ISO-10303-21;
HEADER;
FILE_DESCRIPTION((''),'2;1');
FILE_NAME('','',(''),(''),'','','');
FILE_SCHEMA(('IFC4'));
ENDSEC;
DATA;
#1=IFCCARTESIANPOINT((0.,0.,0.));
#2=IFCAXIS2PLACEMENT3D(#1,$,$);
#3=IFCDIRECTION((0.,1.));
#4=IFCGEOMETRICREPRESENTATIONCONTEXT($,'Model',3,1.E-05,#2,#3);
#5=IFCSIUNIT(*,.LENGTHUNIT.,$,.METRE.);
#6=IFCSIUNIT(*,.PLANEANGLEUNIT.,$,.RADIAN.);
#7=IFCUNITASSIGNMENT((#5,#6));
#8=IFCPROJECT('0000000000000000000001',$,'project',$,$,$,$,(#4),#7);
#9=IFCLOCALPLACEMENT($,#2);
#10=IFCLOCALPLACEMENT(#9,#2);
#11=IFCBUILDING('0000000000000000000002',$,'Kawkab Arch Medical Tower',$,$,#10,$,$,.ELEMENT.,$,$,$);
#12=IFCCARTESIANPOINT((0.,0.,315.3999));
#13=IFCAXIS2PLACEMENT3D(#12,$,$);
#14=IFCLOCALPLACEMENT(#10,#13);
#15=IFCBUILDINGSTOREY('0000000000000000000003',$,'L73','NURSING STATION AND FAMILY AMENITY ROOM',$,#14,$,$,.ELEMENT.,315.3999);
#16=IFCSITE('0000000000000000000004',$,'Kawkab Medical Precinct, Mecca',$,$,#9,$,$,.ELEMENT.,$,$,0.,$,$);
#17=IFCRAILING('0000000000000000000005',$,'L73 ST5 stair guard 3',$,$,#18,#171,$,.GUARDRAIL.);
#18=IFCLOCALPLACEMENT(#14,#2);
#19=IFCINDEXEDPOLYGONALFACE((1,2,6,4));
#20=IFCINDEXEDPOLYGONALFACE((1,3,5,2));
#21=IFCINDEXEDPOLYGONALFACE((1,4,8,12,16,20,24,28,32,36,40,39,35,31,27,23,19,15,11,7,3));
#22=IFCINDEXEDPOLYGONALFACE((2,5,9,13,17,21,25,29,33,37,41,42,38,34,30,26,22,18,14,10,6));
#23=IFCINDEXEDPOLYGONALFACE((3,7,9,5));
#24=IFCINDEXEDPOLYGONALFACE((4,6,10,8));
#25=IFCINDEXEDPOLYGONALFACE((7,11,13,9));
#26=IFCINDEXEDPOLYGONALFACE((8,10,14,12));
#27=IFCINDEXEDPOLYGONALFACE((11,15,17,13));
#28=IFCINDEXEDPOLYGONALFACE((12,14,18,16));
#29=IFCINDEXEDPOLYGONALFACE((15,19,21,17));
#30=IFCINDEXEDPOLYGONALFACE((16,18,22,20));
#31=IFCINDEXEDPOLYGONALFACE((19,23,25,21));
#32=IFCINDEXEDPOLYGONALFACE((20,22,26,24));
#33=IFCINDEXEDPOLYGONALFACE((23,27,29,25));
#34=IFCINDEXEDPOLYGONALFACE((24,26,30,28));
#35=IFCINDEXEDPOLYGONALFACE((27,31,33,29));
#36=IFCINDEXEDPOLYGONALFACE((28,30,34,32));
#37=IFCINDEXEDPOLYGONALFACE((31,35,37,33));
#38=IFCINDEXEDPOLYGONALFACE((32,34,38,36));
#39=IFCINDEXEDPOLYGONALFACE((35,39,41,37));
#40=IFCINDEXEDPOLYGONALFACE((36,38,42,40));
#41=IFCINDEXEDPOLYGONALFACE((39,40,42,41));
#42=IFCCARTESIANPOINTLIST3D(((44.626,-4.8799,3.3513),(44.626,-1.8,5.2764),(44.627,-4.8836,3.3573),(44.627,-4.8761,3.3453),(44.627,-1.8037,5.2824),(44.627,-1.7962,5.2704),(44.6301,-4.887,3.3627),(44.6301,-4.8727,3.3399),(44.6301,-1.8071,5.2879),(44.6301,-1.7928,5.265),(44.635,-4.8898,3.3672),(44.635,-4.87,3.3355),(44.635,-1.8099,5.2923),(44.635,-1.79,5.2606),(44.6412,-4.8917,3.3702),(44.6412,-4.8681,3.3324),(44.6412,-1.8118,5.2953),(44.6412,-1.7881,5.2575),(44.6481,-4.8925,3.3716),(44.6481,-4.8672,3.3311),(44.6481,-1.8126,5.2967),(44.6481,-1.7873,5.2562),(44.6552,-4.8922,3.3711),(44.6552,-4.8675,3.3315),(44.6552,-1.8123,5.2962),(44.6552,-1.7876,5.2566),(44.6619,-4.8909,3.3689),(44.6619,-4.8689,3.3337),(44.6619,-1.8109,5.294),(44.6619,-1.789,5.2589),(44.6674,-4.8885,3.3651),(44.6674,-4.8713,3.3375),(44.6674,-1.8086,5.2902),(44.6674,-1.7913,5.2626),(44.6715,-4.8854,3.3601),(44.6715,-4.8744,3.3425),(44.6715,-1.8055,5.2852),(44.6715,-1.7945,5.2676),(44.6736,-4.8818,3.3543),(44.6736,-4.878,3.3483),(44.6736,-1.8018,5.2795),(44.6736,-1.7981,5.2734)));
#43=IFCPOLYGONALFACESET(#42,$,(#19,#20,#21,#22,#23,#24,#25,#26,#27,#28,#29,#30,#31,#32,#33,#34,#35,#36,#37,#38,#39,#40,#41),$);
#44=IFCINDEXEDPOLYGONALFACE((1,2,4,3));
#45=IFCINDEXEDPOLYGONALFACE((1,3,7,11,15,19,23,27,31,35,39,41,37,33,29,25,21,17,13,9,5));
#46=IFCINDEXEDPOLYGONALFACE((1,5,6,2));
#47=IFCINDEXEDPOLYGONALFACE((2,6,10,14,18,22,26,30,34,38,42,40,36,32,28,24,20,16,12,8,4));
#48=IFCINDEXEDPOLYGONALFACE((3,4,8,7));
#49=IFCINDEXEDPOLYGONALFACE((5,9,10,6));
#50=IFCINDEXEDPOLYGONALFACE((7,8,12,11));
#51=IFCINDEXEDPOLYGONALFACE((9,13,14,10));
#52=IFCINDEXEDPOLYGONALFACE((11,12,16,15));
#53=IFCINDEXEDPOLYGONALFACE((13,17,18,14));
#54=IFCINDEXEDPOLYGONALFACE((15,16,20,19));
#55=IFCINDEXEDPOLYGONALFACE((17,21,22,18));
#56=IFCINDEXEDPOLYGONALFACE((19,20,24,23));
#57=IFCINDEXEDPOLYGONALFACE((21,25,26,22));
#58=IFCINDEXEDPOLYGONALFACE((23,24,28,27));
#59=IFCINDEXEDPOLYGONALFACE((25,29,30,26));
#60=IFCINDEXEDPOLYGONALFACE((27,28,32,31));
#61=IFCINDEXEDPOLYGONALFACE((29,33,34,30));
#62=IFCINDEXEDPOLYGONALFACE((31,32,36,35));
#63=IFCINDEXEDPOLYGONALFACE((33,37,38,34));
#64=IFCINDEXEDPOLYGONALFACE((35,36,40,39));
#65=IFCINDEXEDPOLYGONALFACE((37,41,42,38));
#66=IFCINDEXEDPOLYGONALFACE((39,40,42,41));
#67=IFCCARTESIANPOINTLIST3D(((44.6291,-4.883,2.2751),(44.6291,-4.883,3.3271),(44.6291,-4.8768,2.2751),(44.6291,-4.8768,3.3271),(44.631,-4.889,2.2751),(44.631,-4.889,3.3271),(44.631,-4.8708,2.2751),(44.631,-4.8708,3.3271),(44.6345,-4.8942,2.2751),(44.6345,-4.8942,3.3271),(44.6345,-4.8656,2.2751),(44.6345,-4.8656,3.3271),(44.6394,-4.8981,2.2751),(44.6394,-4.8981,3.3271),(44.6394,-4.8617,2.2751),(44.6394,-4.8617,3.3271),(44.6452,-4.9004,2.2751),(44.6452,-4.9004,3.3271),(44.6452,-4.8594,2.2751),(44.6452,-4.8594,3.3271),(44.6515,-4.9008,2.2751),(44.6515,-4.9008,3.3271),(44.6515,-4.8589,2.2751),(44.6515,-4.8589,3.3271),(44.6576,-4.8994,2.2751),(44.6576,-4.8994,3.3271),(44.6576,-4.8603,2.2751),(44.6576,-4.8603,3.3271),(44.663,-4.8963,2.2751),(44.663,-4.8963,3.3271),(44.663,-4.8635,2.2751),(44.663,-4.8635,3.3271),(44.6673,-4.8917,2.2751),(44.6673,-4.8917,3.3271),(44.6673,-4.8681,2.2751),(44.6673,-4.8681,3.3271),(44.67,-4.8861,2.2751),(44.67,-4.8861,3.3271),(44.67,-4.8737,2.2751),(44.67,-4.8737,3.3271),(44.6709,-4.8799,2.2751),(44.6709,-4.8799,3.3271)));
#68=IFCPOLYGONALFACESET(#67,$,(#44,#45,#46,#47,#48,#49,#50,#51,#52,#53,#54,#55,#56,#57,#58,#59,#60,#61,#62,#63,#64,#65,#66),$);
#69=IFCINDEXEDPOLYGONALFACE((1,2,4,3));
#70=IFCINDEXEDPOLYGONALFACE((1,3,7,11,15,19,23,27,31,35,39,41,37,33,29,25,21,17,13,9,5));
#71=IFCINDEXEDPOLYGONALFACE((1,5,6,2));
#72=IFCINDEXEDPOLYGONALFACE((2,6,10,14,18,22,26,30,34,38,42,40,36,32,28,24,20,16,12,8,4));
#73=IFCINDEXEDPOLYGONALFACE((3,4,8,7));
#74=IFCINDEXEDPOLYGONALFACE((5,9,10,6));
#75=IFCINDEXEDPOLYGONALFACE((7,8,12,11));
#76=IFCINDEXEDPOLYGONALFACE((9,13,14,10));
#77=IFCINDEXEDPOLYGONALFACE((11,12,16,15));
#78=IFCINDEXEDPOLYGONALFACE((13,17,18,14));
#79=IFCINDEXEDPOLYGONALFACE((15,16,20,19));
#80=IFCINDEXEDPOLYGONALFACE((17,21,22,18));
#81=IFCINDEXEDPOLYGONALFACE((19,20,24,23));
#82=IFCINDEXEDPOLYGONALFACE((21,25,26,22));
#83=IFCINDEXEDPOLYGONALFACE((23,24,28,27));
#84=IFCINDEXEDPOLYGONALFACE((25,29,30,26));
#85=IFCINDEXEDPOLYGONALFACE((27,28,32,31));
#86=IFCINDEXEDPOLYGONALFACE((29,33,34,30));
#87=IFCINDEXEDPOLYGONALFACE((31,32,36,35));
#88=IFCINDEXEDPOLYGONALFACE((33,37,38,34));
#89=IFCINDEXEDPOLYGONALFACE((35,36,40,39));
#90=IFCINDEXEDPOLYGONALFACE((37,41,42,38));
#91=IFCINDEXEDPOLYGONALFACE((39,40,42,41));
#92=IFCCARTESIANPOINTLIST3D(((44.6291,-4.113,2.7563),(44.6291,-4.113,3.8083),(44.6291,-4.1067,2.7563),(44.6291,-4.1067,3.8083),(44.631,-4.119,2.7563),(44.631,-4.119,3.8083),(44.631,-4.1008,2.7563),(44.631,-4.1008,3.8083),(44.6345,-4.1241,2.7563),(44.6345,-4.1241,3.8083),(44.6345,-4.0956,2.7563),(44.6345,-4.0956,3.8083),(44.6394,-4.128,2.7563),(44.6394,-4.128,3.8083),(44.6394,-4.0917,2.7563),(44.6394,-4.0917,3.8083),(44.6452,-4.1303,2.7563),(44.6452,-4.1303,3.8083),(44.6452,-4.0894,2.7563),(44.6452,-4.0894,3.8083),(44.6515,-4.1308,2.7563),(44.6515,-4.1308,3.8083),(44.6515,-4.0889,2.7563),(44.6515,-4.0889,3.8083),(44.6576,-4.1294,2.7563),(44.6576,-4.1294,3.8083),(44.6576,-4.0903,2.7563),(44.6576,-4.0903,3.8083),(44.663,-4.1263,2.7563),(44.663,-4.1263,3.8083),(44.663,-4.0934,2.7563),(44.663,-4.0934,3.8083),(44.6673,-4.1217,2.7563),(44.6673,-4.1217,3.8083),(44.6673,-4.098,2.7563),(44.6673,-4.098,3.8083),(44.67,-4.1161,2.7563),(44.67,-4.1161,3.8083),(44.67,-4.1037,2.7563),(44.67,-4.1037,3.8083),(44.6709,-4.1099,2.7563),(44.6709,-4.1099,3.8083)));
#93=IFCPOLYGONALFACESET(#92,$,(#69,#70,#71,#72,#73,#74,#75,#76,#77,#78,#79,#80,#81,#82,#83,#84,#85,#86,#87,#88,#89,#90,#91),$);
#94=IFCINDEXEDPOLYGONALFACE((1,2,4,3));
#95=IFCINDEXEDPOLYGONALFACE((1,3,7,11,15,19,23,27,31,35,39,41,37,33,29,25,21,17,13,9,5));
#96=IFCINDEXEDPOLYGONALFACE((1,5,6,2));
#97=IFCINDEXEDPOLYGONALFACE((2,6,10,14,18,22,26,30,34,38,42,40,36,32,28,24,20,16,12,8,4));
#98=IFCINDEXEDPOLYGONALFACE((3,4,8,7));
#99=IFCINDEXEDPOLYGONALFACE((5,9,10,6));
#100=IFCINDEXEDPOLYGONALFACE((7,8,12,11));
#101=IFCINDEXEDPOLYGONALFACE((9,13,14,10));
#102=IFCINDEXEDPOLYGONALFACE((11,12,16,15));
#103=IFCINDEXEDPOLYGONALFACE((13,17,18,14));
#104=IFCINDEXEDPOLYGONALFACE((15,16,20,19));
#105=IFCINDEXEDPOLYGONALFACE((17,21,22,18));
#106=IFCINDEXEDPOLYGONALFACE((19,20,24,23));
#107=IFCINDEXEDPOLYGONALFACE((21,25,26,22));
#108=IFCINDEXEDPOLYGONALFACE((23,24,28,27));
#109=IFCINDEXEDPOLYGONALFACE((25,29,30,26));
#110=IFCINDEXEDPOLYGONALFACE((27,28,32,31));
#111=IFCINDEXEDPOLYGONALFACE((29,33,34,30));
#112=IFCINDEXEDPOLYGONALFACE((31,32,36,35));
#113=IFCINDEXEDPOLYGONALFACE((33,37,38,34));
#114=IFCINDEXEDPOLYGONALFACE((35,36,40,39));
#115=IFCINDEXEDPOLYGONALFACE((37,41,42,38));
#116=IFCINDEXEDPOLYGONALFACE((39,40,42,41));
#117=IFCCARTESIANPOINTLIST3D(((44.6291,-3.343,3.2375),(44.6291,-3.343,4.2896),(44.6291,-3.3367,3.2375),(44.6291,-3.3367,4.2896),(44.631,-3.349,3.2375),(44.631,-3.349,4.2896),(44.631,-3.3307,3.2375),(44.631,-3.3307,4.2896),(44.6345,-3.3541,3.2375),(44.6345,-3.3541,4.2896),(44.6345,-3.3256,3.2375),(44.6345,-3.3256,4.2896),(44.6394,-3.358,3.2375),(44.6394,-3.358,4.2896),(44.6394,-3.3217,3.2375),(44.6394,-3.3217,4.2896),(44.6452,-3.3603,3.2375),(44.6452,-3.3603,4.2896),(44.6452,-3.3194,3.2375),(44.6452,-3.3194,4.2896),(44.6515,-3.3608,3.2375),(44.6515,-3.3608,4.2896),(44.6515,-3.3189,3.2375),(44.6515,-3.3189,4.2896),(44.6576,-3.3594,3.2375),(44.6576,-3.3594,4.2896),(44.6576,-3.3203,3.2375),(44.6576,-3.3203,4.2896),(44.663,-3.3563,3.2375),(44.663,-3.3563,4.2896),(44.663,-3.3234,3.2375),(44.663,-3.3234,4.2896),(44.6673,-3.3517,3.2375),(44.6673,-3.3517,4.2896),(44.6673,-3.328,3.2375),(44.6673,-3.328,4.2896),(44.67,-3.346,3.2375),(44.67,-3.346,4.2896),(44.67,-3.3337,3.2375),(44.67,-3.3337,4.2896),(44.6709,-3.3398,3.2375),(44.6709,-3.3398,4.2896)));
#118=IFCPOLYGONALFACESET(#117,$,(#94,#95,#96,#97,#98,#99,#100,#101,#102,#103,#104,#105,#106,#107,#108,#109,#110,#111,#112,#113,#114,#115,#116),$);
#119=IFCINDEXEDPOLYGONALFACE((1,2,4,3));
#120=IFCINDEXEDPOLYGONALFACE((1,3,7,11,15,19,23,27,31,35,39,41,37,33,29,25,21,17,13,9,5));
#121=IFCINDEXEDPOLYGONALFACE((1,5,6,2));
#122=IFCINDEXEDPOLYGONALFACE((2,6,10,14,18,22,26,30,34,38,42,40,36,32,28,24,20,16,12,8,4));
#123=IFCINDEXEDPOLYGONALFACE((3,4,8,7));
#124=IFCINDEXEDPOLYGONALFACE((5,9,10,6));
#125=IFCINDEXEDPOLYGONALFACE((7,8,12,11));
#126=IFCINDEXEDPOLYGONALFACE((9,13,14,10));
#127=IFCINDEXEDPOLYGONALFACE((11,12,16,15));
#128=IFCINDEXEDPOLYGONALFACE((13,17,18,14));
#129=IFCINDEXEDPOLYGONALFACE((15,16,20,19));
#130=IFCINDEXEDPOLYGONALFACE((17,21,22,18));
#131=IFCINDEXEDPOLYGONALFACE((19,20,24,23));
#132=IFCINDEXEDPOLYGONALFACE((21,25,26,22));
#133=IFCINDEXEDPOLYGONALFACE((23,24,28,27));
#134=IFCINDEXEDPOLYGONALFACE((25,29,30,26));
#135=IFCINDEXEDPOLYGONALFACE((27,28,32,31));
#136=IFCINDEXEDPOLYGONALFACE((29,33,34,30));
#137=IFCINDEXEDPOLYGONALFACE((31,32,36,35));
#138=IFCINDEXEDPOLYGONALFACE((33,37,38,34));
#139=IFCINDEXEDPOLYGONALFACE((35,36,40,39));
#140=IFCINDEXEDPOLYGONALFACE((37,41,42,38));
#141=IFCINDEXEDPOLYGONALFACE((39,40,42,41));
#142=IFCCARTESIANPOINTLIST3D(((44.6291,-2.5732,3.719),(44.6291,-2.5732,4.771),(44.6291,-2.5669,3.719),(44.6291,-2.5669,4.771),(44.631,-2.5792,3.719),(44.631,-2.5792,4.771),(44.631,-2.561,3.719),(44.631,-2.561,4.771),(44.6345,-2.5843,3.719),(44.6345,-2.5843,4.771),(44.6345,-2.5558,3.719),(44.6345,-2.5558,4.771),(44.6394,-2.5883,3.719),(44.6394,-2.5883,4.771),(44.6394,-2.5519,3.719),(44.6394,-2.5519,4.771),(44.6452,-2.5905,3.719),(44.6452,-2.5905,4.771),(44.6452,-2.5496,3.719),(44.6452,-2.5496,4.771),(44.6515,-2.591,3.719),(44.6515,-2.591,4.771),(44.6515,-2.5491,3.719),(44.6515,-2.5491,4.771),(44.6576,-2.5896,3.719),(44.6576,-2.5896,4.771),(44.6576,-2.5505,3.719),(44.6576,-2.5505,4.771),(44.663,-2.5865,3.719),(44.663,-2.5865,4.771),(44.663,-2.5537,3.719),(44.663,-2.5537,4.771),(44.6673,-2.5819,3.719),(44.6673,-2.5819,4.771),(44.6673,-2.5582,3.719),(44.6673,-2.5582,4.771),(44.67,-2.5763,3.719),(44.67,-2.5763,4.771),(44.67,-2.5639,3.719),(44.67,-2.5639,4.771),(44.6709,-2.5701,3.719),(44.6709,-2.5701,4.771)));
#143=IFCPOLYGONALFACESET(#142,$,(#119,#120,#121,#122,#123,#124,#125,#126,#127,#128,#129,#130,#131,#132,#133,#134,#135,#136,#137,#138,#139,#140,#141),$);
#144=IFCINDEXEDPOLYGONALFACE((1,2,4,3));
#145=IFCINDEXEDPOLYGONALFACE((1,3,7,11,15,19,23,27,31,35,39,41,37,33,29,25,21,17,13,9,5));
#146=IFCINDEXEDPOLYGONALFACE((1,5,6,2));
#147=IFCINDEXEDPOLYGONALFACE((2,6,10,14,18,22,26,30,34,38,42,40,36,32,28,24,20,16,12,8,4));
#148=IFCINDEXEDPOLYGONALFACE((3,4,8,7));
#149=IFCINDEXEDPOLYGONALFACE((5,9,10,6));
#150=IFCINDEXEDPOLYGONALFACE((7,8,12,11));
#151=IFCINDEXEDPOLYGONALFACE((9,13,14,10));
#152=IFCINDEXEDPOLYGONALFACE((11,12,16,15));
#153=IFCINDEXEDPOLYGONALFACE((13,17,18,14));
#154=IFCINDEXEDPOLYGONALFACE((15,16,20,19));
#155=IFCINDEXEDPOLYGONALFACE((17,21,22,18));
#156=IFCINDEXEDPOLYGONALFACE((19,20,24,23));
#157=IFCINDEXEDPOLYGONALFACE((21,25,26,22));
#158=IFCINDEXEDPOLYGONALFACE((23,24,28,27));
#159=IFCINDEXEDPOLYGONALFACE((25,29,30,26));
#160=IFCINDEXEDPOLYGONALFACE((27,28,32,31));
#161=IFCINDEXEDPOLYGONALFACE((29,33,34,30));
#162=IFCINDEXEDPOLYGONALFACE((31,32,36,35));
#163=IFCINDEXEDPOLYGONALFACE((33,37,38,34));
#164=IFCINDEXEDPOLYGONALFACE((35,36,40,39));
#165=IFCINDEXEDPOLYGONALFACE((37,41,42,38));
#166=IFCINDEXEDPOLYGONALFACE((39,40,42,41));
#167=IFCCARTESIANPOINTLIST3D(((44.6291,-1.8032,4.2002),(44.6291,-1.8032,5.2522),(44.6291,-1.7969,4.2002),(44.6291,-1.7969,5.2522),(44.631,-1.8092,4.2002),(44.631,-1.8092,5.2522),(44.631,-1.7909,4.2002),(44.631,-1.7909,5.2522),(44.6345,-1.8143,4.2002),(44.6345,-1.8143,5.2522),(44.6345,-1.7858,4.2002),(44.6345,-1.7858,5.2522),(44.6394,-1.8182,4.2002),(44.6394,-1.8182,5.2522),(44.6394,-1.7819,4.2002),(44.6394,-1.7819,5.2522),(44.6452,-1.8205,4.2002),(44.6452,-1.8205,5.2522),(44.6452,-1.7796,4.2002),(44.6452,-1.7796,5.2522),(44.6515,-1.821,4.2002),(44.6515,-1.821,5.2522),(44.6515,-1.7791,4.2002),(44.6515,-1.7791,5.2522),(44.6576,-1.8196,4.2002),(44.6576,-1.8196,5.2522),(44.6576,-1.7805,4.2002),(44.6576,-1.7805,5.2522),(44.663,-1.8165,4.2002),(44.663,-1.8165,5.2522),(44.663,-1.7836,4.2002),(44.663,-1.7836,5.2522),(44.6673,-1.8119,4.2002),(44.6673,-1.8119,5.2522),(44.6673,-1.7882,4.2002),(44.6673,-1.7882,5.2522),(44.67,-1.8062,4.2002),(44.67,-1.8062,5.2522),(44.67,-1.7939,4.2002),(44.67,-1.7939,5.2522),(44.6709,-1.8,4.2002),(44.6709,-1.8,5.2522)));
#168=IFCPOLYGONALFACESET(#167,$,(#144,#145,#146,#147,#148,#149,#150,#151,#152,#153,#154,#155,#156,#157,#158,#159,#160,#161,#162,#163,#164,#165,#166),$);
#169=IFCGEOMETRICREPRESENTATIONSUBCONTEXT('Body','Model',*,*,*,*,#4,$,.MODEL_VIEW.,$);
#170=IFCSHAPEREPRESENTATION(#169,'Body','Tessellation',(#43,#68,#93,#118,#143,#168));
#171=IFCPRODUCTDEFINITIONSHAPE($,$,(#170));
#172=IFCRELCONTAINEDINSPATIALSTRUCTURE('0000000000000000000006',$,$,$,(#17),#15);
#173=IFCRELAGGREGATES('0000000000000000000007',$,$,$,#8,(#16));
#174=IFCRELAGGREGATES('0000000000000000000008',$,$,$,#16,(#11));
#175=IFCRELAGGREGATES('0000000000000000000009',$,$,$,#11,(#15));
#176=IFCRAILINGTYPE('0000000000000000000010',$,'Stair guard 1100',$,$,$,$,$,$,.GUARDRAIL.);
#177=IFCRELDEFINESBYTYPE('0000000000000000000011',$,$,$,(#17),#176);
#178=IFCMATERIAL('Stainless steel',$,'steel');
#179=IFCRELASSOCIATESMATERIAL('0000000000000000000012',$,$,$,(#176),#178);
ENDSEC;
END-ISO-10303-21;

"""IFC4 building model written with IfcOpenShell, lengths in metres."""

from ifc_helpers import new_model, si_unit, direction, frame, origin, origin_2d, place, context, subcontext, project, spatial, circle, extrude, material, type_object, element, save


model = new_model("IFC4")

# Units and contexts
model_context = context("Model", 3, precision=1e-05, world=origin(), true_north=direction((0.0, 1.0)))
body_context = subcontext(model_context, "Body", "Model", "MODEL_VIEW")
ifc_project = project(units=[si_unit("LENGTHUNIT", "METRE"), si_unit("PLANEANGLEUNIT", "RADIAN")], contexts=[model_context])

# Site, building, storey
site_placement = place(None, origin())
site = spatial("IfcSite", under=ifc_project, at=site_placement, Name="Kawkab Medical Precinct, Mecca", CompositionType="ELEMENT", RefElevation=0.0)
building_placement = place(site_placement, origin())
building = spatial("IfcBuilding", under=site, at=building_placement, Name="Kawkab Arch Medical Tower", CompositionType="ELEMENT")
storey_placement = place(building_placement, frame((0.0, 0.0, 315.3999)))
storey = spatial("IfcBuildingStorey", under=building, at=storey_placement, Name="L73", Description="NURSING STATION AND FAMILY AMENITY ROOM", CompositionType="ELEMENT", Elevation=315.3999)

# Railing
ifc_material_1 = material(Name="Stainless steel", Category="steel")
railing_type_1 = type_object("IfcRailingType", Name="Stair guard 1100", PredefinedType="GUARDRAIL", material=ifc_material_1)
railing_1_placement = place(storey_placement, frame((44.6499, -4.8799, 2.2751)))
element("IfcRailing", 1, at=railing_1_placement, inside=storey, type_object=railing_type_1, Name="L73 ST5 stair guard 3", PredefinedType="GUARDRAIL", context=body_context, shape_type="SweptSolid", body=[
    extrude(circle(Radius=0.0239, at=origin_2d()), frame((0.0, 0.0, 1.0762), z_axis=(0.0, 0.847979, 0.530029), x_axis=(-1.0, 0.0, 0.0)), (0.0, 0.0, 1.0), 3.6321),
    extrude(circle(Radius=0.021, at=origin_2d()), origin(), (0.0, 0.0, 1.0), 1.052),
    extrude(circle(Radius=0.021, at=origin_2d()), frame((0.0, 0.77, 0.4812)), (0.0, 0.0, 1.0), 1.052),
    extrude(circle(Radius=0.021, at=origin_2d()), frame((0.0, 1.54, 0.9624)), (0.0, 0.0, 1.0), 1.052),
    extrude(circle(Radius=0.021, at=origin_2d()), frame((0.0, 2.3098, 1.4438)), (0.0, 0.0, 1.0), 1.052),
    extrude(circle(Radius=0.021, at=origin_2d()), frame((0.0, 3.0798, 1.925)), (0.0, 0.0, 1.0), 1.052),
])

save(model, "model.ifc")
